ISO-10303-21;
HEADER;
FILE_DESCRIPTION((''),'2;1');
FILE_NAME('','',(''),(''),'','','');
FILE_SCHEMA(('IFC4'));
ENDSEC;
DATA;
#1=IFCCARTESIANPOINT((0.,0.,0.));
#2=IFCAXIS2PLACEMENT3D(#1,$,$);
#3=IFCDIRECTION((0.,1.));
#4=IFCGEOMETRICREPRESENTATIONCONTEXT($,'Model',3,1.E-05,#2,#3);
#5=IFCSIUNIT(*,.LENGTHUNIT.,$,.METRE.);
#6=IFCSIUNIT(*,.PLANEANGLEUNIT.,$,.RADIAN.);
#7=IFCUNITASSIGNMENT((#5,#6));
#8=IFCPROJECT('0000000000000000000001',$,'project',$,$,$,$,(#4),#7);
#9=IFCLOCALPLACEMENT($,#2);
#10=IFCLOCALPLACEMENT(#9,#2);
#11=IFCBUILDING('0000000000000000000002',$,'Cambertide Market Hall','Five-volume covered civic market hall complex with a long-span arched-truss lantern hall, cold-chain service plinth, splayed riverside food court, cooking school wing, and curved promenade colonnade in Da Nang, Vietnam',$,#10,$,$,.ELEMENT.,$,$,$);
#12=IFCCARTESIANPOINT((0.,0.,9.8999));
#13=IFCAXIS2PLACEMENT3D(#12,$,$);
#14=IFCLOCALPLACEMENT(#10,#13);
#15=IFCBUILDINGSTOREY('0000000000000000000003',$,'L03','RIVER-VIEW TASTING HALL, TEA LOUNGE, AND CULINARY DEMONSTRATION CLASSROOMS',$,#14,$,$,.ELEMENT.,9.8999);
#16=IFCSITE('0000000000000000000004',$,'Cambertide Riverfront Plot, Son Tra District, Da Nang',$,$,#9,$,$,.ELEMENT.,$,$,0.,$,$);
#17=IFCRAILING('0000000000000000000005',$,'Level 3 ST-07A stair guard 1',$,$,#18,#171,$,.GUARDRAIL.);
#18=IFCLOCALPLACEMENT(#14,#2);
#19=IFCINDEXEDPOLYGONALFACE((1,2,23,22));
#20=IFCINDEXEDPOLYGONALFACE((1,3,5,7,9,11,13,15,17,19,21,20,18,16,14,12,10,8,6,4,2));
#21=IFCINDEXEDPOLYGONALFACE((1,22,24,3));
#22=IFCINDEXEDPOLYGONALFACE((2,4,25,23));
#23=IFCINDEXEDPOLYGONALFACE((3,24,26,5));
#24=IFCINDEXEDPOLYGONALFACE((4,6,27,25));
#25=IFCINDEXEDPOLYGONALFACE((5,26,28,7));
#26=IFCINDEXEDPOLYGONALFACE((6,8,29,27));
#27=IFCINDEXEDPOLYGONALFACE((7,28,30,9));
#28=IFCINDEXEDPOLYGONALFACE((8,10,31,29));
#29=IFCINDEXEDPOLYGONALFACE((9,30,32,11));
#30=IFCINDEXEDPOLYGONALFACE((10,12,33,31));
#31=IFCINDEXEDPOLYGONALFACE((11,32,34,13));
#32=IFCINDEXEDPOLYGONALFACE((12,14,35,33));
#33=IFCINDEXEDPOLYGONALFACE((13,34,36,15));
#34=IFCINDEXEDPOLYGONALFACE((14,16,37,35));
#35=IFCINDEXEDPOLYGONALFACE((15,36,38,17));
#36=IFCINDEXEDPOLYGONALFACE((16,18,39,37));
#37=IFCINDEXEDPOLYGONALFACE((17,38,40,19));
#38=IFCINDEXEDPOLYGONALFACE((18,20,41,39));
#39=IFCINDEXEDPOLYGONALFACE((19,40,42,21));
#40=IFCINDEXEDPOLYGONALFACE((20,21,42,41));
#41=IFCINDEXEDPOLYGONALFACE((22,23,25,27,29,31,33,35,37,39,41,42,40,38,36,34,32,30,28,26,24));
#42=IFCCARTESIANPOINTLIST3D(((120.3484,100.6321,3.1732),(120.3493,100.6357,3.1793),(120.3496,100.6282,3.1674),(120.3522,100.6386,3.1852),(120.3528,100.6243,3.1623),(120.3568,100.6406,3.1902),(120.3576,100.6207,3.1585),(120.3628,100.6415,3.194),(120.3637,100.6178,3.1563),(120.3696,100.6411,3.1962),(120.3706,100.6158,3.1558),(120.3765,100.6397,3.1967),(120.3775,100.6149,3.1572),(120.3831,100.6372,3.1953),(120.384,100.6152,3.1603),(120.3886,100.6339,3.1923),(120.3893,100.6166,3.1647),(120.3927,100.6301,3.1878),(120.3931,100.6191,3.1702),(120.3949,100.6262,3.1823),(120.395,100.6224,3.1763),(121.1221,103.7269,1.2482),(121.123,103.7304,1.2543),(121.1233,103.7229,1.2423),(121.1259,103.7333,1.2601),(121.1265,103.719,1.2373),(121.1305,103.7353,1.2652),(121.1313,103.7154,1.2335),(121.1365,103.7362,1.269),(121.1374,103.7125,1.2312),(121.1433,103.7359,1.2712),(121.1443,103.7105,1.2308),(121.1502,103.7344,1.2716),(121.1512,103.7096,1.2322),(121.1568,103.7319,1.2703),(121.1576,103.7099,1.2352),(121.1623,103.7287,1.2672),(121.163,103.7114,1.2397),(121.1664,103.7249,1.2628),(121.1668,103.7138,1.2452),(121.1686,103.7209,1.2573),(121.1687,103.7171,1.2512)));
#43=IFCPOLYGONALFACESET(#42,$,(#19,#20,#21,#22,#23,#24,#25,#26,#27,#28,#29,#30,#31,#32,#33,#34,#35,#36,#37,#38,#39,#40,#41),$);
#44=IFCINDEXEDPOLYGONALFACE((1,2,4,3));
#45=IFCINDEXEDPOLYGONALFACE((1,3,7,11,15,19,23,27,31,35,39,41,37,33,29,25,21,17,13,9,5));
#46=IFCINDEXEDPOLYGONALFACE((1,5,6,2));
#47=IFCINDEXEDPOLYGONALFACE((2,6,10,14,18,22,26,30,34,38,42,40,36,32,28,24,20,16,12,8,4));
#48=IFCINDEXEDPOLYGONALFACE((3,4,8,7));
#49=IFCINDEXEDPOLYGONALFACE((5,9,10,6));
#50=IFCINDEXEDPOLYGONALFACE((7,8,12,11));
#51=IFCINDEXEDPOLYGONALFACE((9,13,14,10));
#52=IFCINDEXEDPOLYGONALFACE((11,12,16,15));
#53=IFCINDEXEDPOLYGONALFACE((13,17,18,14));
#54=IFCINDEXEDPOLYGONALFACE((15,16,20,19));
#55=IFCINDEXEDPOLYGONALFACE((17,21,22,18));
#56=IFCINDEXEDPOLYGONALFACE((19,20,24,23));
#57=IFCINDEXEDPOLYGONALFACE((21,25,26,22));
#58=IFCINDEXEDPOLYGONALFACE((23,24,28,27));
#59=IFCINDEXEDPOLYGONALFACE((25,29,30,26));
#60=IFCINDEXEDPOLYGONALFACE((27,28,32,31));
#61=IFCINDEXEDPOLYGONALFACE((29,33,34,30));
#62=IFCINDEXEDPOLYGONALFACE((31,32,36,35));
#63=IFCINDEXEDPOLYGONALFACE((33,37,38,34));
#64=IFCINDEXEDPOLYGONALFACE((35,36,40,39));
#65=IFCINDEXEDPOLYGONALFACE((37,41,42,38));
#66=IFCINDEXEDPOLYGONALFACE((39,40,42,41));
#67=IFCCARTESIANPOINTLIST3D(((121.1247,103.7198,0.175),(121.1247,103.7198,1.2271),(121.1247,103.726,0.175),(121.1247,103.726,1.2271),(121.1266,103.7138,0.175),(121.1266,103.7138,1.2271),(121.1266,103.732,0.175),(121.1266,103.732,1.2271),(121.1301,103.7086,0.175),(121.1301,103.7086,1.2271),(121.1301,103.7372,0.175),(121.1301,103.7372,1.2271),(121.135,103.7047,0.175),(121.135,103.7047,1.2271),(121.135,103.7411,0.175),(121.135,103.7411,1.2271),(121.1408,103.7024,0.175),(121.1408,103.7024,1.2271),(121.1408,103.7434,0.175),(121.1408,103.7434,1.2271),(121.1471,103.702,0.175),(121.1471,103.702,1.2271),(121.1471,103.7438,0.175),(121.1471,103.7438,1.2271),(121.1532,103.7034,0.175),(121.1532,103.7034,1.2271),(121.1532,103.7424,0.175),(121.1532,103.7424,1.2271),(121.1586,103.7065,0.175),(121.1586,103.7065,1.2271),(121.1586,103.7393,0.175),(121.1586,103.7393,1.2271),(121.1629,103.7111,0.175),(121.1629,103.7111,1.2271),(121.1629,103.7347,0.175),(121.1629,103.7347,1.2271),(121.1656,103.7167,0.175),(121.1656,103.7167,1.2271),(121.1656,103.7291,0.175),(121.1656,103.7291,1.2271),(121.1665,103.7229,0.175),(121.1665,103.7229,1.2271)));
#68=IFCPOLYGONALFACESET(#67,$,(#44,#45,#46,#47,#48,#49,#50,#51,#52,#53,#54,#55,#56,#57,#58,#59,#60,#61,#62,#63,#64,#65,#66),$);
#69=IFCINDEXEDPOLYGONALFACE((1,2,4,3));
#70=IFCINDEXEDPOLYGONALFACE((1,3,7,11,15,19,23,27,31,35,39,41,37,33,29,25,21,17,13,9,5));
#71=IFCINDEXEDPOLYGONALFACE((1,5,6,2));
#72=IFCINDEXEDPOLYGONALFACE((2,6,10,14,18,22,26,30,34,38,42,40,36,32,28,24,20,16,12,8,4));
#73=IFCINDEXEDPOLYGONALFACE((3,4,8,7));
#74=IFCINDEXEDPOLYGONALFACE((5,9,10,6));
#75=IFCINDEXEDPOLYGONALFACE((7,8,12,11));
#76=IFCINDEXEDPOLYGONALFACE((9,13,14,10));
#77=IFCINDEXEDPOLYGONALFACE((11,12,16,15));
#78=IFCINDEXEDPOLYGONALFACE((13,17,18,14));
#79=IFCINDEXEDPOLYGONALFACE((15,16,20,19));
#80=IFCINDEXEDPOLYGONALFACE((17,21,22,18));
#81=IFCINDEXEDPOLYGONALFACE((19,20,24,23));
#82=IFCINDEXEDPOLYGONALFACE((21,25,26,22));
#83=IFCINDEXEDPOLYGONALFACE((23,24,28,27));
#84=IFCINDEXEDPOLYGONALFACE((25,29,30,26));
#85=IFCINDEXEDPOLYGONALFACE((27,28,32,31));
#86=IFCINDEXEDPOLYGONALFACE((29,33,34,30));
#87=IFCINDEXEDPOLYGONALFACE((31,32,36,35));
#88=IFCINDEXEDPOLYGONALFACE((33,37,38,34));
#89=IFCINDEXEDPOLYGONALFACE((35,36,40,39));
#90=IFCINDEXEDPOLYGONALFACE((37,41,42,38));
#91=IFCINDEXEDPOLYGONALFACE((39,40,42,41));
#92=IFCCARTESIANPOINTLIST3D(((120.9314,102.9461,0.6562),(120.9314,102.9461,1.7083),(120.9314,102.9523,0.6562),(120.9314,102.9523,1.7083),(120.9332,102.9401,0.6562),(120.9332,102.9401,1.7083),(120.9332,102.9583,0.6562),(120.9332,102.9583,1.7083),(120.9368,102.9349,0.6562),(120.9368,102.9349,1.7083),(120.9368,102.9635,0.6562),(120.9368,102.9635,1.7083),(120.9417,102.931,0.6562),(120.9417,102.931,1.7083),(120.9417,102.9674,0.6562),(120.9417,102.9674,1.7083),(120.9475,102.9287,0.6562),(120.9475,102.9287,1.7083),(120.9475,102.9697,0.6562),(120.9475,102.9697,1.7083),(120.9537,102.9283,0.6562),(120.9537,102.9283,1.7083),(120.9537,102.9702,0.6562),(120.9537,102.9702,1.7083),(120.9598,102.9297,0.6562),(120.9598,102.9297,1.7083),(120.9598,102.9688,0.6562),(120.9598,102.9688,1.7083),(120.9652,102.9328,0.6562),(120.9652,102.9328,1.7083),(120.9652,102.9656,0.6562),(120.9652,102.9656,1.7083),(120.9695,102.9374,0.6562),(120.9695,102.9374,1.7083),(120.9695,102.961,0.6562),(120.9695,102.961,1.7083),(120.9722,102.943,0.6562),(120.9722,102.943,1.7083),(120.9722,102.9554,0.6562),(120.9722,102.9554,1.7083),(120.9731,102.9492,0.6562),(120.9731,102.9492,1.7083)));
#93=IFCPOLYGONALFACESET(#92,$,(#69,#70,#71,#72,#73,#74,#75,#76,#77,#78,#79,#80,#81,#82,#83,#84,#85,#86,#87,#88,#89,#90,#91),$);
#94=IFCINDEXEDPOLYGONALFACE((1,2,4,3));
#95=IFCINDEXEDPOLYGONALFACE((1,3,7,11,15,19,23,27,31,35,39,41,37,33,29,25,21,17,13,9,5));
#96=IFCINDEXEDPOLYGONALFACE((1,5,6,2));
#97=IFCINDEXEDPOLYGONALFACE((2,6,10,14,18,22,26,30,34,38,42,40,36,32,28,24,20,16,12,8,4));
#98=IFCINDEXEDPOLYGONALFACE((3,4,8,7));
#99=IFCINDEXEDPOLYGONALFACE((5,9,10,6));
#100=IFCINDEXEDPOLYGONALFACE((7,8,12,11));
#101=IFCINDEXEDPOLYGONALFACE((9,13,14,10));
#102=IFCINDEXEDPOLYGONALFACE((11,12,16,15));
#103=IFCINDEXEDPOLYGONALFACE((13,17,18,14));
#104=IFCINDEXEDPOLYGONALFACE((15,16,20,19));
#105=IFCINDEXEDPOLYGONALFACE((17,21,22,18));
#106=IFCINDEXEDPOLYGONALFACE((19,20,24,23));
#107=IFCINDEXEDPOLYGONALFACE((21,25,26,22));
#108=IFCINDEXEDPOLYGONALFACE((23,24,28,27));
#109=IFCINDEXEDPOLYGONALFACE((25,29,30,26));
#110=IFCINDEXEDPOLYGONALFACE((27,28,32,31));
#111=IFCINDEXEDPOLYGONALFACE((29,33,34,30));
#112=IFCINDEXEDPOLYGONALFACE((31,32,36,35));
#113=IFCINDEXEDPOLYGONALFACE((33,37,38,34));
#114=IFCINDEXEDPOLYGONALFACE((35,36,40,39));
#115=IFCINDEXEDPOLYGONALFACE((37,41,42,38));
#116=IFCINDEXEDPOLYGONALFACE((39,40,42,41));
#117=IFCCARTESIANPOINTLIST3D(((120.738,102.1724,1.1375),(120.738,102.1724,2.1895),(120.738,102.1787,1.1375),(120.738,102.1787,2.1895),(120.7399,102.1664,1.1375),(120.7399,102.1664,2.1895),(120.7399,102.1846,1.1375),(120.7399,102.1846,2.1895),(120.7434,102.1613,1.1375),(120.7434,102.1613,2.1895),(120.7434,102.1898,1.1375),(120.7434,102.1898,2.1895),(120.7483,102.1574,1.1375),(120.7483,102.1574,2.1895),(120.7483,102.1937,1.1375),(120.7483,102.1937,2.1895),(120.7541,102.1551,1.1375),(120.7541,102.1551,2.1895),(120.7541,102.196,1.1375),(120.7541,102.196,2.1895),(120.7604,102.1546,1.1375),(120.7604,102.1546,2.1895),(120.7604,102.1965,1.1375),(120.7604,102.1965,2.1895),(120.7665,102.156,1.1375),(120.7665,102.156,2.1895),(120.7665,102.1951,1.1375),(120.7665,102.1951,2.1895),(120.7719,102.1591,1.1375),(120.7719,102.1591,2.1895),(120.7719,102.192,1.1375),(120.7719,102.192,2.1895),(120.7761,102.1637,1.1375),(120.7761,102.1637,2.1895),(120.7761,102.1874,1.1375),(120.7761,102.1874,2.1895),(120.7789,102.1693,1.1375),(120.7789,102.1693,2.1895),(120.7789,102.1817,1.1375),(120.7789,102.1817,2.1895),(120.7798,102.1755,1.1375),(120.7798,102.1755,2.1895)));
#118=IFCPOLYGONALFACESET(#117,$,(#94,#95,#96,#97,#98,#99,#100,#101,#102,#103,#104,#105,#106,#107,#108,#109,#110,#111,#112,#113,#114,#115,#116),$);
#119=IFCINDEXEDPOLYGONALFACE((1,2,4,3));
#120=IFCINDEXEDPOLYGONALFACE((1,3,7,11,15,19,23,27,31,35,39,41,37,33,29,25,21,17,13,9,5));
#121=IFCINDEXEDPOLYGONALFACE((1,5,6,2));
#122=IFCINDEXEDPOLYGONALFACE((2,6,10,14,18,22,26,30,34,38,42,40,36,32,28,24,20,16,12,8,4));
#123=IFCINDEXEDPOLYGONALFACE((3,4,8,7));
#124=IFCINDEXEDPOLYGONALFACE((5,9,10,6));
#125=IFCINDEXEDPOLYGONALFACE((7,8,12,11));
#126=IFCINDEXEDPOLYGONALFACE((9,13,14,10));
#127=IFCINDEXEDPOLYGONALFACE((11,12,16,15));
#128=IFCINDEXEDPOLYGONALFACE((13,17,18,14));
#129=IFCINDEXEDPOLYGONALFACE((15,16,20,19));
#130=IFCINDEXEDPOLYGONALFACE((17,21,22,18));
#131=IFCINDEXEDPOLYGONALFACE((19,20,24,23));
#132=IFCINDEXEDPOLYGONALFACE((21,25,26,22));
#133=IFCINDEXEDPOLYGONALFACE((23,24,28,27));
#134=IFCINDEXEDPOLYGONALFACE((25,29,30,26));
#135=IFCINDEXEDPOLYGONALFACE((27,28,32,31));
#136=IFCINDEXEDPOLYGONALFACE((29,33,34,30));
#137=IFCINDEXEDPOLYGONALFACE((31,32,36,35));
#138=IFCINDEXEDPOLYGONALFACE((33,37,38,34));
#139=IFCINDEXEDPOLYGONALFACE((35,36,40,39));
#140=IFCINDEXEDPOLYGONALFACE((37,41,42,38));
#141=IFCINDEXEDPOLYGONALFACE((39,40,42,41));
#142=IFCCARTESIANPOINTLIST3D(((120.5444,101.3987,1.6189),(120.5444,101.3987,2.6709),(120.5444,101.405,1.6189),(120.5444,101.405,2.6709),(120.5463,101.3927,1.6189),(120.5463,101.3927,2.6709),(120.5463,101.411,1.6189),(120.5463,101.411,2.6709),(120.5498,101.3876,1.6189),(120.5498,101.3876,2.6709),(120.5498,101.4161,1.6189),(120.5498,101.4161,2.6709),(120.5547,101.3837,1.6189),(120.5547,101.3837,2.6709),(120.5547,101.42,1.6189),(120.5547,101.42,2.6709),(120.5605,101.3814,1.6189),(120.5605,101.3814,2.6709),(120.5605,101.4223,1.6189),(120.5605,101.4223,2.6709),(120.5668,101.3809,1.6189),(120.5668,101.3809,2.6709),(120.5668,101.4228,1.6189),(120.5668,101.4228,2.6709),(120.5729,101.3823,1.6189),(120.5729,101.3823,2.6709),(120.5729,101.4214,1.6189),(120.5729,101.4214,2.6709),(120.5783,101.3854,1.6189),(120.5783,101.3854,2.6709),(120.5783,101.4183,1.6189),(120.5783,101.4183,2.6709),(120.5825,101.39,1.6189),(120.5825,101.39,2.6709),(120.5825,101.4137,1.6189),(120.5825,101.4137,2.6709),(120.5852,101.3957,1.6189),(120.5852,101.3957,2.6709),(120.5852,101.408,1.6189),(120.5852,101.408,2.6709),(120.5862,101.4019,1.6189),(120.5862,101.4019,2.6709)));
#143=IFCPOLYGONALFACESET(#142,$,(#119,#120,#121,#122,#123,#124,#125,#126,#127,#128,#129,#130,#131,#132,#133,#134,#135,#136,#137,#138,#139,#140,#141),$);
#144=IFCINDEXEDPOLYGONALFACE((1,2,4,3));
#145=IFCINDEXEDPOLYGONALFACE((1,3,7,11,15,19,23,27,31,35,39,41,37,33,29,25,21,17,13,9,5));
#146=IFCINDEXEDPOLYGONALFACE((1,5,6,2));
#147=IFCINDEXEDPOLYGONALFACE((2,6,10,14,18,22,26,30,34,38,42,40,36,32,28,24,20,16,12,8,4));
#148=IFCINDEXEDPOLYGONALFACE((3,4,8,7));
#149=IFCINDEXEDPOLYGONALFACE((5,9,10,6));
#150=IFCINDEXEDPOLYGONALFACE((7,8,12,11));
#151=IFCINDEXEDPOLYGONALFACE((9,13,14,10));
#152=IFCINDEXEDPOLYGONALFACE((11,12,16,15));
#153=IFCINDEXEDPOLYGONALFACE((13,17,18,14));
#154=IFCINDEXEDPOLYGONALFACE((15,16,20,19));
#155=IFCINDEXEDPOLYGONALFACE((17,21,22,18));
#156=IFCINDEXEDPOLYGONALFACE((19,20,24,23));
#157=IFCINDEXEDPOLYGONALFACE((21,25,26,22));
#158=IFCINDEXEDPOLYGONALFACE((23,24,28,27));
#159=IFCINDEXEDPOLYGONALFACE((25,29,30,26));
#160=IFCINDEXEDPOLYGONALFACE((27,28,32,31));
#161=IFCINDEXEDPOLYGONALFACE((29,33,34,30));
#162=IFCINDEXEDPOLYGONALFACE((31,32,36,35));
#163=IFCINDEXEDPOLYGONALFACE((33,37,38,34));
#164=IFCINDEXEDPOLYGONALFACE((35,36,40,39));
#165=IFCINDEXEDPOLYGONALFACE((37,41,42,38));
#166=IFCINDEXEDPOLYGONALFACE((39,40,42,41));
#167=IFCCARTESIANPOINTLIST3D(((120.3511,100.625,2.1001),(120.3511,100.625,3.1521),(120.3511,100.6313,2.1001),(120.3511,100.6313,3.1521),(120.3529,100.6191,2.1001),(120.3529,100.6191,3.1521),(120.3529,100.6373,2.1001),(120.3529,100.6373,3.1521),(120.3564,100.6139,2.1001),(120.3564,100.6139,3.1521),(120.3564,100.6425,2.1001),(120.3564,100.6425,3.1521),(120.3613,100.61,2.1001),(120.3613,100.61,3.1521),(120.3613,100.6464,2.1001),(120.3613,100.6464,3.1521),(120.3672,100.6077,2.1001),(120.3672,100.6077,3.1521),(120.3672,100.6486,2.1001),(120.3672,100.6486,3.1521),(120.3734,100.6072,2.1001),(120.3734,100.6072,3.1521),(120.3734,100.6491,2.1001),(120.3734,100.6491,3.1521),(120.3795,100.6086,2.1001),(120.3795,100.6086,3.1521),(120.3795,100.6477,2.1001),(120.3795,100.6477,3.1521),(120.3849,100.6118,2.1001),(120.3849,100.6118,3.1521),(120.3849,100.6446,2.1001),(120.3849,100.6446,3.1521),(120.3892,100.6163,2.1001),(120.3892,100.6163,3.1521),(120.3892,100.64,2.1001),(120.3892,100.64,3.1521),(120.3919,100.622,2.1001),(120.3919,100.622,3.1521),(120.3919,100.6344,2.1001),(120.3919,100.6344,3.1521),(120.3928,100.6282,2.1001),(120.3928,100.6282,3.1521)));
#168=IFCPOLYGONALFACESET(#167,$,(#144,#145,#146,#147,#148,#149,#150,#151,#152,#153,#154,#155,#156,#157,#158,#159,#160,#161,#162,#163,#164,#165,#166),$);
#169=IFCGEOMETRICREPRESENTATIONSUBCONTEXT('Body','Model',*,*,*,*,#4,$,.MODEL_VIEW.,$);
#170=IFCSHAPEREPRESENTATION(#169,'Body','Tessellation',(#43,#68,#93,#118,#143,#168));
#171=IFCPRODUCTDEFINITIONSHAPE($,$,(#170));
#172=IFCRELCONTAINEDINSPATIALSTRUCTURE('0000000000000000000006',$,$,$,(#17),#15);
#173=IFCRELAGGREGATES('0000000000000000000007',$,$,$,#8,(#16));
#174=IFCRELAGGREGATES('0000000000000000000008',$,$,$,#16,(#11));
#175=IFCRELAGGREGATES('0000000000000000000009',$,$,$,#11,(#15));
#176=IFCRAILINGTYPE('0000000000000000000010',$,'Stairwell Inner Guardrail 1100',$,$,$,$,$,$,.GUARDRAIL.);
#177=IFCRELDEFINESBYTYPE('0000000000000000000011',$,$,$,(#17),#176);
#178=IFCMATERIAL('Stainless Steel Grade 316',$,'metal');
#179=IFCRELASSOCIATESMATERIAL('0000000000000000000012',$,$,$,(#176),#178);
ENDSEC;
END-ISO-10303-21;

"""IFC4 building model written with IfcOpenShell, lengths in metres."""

from ifc_helpers import new_model, si_unit, direction, frame, origin, origin_2d, place, context, subcontext, project, spatial, circle, extrude, material, type_object, element, save


model = new_model("IFC4")

# Units and contexts
model_context = context("Model", 3, precision=1e-05, world=origin(), true_north=direction((0.0, 1.0)))
body_context = subcontext(model_context, "Body", "Model", "MODEL_VIEW")
ifc_project = project(units=[si_unit("LENGTHUNIT", "METRE"), si_unit("PLANEANGLEUNIT", "RADIAN")], contexts=[model_context])

# Site, building, storey
site_placement = place(None, origin())
site = spatial("IfcSite", under=ifc_project, at=site_placement, Name="Cambertide Riverfront Plot, Son Tra District, Da Nang", CompositionType="ELEMENT", RefElevation=0.0)
building_placement = place(site_placement, origin())
building = spatial("IfcBuilding", under=site, at=building_placement, Name="Cambertide Market Hall", Description="Five-volume covered civic market hall complex with a long-span arched-truss lantern hall, cold-chain service plinth, splayed riverside food court, cooking school wing, and curved promenade colonnade in Da Nang, Vietnam", CompositionType="ELEMENT")
storey_placement = place(building_placement, frame((0.0, 0.0, 9.8999)))
storey = spatial("IfcBuildingStorey", under=building, at=storey_placement, Name="L03", Description="RIVER-VIEW TASTING HALL, TEA LOUNGE, AND CULINARY DEMONSTRATION CLASSROOMS", CompositionType="ELEMENT", Elevation=9.8999)

# Railing
ifc_material_1 = material(Name="Stainless Steel Grade 316", Category="metal")
railing_type_1 = type_object("IfcRailingType", Name="Stairwell Inner Guardrail 1100", PredefinedType="GUARDRAIL", material=ifc_material_1)
railing_1_placement = place(storey_placement, frame((121.1455, 103.7229, 0.175)))
element("IfcRailing", 1, at=railing_1_placement, inside=storey, type_object=railing_type_1, Name="Level 3 ST-07A stair guard 1", PredefinedType="GUARDRAIL", context=body_context, shape_type="SweptSolid", body=[
    extrude(circle(Radius=0.0239, at=origin_2d()), frame((0.0, 0.0, 1.0762), z_axis=(-0.207654, -0.830616, 0.516678), x_axis=(0.970143, -0.242536, 0.0)), (0.0, 0.0, 1.0), 3.7258),
    extrude(circle(Radius=0.021, at=origin_2d()), origin(), (0.0, 0.0, 1.0), 1.052),
    extrude(circle(Radius=0.021, at=origin_2d()), frame((-0.1934, -0.7737, 0.4812)), (0.0, 0.0, 1.0), 1.052),
    extrude(circle(Radius=0.021, at=origin_2d()), frame((-0.3867, -1.5474, 0.9624)), (0.0, 0.0, 1.0), 1.052),
    extrude(circle(Radius=0.021, at=origin_2d()), frame((-0.5803, -2.321, 1.4438)), (0.0, 0.0, 1.0), 1.052),
    extrude(circle(Radius=0.021, at=origin_2d()), frame((-0.7737, -3.0947, 1.925)), (0.0, 0.0, 1.0), 1.052),
])

save(model, "model.ifc")
